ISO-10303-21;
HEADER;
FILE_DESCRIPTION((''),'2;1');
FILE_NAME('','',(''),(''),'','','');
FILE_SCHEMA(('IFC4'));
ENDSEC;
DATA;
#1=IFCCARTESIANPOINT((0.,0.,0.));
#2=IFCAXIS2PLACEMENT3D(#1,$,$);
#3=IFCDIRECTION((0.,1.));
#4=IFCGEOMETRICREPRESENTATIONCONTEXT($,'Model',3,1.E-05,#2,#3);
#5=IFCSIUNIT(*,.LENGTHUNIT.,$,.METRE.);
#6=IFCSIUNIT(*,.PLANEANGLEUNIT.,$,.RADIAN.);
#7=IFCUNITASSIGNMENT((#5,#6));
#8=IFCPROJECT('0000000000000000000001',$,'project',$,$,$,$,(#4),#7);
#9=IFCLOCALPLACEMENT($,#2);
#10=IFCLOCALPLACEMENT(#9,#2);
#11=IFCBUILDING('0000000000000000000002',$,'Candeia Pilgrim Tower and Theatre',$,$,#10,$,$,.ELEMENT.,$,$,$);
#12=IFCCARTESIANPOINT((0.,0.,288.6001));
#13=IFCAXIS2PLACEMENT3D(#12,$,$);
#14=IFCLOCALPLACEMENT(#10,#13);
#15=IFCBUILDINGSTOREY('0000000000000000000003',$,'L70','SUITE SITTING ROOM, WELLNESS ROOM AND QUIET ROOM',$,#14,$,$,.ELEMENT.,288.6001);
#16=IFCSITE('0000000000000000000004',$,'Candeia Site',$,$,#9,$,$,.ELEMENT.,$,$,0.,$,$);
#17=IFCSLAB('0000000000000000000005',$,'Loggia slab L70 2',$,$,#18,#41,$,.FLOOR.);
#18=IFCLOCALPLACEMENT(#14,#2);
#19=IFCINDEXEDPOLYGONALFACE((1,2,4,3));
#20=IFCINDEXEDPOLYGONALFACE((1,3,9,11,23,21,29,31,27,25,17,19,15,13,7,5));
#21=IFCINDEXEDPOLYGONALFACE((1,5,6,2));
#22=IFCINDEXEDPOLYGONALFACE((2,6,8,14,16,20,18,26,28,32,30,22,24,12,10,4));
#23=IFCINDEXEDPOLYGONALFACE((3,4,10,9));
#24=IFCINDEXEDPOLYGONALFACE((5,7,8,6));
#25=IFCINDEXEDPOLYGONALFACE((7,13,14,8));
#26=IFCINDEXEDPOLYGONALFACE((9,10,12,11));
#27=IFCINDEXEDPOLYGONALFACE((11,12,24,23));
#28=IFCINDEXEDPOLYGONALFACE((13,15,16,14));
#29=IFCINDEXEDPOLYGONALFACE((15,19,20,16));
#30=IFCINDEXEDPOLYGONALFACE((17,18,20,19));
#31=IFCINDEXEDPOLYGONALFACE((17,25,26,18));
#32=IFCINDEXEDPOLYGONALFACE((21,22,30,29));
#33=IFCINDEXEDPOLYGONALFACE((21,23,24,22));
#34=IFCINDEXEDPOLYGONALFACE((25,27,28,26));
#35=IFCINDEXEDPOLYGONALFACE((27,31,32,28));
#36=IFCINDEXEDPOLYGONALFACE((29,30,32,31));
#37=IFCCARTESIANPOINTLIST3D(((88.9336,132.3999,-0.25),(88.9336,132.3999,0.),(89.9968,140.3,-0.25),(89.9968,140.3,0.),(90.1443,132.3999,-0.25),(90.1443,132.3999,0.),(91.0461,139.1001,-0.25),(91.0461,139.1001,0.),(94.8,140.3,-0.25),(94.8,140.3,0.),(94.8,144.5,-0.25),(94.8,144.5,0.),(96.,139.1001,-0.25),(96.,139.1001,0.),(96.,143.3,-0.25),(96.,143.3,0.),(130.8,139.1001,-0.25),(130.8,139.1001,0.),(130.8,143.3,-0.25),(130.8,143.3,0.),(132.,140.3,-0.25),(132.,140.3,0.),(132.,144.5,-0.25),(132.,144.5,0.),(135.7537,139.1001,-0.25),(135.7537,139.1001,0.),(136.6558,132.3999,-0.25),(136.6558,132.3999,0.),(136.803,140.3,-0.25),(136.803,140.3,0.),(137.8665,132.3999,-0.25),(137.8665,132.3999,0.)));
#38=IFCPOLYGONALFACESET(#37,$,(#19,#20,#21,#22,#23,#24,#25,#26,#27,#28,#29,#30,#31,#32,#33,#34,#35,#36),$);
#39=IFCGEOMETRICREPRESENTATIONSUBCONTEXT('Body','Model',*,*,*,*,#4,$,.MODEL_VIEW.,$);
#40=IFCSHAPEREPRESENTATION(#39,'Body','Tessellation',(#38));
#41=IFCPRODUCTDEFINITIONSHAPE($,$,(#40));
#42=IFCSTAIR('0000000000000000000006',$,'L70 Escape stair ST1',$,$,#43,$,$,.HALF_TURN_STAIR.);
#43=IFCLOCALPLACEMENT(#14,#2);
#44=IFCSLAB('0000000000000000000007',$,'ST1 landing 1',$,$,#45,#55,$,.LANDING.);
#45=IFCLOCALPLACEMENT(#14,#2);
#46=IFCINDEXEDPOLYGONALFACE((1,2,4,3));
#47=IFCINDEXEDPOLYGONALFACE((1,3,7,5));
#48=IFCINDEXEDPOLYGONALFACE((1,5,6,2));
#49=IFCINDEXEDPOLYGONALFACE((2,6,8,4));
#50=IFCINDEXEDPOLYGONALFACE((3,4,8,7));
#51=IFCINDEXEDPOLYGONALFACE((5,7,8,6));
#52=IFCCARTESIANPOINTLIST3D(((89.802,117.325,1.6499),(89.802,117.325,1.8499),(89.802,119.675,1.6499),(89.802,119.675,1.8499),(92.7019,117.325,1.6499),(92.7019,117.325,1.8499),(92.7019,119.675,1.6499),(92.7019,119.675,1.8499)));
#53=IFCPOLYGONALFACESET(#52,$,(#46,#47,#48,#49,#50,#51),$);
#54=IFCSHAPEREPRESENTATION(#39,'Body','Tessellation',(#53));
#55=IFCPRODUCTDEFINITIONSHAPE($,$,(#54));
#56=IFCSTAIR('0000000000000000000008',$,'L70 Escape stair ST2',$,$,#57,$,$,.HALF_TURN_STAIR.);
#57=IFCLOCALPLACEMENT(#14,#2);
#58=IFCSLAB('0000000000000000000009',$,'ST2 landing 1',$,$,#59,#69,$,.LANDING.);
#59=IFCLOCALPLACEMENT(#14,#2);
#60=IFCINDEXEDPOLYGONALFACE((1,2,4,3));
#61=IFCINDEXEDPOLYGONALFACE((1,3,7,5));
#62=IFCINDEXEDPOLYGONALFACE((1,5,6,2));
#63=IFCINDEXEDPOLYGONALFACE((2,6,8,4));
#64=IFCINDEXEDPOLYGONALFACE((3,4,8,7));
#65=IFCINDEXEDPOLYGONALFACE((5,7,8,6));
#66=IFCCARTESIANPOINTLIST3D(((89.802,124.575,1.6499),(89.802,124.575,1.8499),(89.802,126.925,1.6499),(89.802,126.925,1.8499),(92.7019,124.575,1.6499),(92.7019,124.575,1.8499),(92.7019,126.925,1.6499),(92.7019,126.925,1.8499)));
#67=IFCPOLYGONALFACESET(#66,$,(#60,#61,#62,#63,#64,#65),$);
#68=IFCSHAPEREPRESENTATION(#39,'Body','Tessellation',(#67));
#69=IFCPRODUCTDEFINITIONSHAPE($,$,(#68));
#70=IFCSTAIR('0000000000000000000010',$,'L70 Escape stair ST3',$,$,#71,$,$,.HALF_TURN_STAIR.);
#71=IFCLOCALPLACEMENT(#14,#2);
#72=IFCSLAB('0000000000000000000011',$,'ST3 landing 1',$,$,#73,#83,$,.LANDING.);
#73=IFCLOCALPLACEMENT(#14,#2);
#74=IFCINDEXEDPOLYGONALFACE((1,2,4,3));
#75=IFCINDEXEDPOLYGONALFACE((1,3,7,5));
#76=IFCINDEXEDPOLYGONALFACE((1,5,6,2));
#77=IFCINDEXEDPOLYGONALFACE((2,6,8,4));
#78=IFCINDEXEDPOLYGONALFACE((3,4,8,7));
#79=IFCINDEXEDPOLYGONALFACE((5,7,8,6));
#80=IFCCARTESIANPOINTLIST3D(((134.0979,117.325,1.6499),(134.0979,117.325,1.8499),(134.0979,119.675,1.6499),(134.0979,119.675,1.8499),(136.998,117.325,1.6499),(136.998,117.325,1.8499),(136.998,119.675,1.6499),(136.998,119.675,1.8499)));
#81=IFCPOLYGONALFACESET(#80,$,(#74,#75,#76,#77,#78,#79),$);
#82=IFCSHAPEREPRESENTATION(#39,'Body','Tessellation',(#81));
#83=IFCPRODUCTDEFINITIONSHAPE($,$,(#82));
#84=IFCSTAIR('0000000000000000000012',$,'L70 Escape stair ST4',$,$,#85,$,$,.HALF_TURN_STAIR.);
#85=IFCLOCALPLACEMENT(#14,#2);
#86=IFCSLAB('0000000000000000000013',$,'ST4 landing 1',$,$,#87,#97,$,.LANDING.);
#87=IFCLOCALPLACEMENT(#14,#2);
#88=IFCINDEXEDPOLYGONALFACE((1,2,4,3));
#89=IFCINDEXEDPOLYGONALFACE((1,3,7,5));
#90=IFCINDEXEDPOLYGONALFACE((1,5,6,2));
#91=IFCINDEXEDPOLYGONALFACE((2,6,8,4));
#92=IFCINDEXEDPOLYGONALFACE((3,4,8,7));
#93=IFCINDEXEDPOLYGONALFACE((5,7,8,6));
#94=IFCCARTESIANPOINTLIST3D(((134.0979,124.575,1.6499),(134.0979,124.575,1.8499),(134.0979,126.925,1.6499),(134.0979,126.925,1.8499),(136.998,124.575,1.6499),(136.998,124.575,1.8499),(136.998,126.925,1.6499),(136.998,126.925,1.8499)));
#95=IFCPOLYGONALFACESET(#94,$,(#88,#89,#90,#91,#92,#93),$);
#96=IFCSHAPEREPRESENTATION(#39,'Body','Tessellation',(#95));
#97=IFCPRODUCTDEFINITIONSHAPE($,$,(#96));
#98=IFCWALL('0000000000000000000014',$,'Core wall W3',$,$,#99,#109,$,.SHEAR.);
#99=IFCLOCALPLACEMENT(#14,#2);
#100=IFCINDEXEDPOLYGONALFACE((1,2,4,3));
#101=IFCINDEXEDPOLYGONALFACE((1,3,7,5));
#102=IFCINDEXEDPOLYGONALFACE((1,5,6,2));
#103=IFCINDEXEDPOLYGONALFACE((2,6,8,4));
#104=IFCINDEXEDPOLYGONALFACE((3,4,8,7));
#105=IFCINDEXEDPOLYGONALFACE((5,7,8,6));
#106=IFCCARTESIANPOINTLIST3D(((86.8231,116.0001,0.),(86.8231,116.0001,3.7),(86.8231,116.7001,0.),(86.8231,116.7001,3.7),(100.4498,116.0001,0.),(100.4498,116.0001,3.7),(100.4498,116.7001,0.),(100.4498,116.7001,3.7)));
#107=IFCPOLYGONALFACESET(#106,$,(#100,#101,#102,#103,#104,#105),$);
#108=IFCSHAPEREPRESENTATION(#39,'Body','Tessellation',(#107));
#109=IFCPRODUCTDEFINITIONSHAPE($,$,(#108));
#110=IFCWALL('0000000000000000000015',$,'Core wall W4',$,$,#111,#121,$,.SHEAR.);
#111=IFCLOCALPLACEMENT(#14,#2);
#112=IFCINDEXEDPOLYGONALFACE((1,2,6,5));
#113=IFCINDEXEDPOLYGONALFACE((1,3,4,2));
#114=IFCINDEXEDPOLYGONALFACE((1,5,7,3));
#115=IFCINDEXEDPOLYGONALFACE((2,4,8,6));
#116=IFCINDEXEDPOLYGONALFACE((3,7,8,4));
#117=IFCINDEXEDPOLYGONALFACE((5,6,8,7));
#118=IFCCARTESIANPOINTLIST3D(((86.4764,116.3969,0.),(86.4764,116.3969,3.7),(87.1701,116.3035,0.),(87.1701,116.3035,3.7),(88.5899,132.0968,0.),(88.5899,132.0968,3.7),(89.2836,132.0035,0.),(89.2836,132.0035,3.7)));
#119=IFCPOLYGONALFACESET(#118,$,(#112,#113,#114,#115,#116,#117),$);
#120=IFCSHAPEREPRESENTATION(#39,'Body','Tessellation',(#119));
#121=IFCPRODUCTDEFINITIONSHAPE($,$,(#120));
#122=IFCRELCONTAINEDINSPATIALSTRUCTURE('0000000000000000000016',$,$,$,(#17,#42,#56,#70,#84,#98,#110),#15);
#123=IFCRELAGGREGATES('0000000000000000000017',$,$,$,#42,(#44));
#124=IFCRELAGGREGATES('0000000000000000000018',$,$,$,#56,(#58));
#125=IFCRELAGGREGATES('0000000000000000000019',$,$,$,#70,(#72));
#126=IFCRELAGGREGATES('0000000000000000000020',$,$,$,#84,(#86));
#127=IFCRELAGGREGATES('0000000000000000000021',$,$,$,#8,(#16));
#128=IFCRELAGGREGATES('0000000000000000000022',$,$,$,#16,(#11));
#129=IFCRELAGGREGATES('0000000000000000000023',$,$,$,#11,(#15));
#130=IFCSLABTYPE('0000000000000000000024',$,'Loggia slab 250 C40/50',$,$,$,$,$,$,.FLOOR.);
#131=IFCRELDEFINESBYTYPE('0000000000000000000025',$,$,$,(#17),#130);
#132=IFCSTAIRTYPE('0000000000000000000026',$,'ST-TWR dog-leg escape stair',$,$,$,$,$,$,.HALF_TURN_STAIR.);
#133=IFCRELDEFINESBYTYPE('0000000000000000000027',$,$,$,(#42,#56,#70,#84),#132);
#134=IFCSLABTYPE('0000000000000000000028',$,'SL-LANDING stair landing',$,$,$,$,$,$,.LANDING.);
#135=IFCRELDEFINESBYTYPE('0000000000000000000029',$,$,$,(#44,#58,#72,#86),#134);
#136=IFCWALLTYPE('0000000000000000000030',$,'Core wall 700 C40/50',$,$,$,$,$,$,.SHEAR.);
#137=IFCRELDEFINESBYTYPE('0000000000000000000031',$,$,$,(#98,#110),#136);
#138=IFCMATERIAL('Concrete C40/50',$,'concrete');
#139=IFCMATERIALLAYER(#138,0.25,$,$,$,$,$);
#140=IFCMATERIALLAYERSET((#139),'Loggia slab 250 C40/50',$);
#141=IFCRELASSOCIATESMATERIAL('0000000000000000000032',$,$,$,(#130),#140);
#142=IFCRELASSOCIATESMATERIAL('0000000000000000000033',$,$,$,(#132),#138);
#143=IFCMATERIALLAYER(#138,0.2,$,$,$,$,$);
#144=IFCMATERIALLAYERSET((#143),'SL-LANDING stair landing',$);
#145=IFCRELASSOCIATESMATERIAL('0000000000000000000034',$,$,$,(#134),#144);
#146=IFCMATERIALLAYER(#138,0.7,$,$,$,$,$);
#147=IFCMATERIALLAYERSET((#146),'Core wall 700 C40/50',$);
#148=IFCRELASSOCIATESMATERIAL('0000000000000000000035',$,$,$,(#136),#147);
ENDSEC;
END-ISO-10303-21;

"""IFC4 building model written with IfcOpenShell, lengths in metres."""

from ifc_helpers import new_model, si_unit, direction, frame, frame_2d, origin, place, context, subcontext, project, spatial, polyline, rectangle, outline, extrude, material, layer, layer_set, type_object, element, aggregate, save


model = new_model("IFC4")

# Units and contexts
model_context = context("Model", 3, precision=1e-05, world=origin(), true_north=direction((0.0, 1.0)))
body_context = subcontext(model_context, "Body", "Model", "MODEL_VIEW")
ifc_project = project(units=[si_unit("LENGTHUNIT", "METRE"), si_unit("PLANEANGLEUNIT", "RADIAN")], contexts=[model_context])

# Site, building, storey
site_placement = place(None, origin())
site = spatial("IfcSite", under=ifc_project, at=site_placement, Name="Candeia Site", CompositionType="ELEMENT", RefElevation=0.0)
building_placement = place(site_placement, origin())
building = spatial("IfcBuilding", under=site, at=building_placement, Name="Candeia Pilgrim Tower and Theatre", CompositionType="ELEMENT")
storey_placement = place(building_placement, frame((0.0, 0.0, 288.6001)))
storey = spatial("IfcBuildingStorey", under=building, at=storey_placement, Name="L70", Description="SUITE SITTING ROOM, WELLNESS ROOM AND QUIET ROOM", CompositionType="ELEMENT", Elevation=288.6001)

# Shared definitions
ifc_material_1 = material(Name="Concrete C40/50", Category="concrete")

# Slab
ifc_layer_1 = layer(ifc_material_1, 0.25)
ifc_layer_set_1 = layer_set([ifc_layer_1], Name="Loggia slab 250 C40/50")
slab_type_1 = type_object("IfcSlabType", Name="Loggia slab 250 C40/50", PredefinedType="FLOOR", material=ifc_layer_set_1)
slab_1_placement = place(storey_placement, frame((0.0, 0.0, -0.25)))
element("IfcSlab", 1, at=slab_1_placement, inside=storey, type_object=slab_type_1, Name="Loggia slab L70 2", PredefinedType="FLOOR", context=body_context, shape_type="SweptSolid", body=[
    extrude(outline(polyline([(136.6558, 132.3999), (135.7537, 139.1001), (130.8, 139.1001), (130.8, 143.3), (96.0, 143.3), (96.0, 139.1001), (91.0461, 139.1001), (90.1443, 132.3999), (88.9336, 132.3999), (89.9968, 140.3), (94.8, 140.3), (94.8, 144.5), (132.0, 144.5), (132.0, 140.3), (136.803, 140.3), (137.8665, 132.3999), (136.6558, 132.3999)])), origin(), (0.0, 0.0, 1.0), 0.25),
])

# Stairs, slabs
stair_type = type_object("IfcStairType", Name="ST-TWR dog-leg escape stair", PredefinedType="HALF_TURN_STAIR", material=ifc_material_1)
stair_1_placement = place(storey_placement, origin())
stair_1 = element("IfcStair", 2, at=stair_1_placement, inside=storey, type_object=stair_type, Name="L70 Escape stair ST1", PredefinedType="HALF_TURN_STAIR")
ifc_layer_2 = layer(ifc_material_1, 0.2)
ifc_layer_set_2 = layer_set([ifc_layer_2], Name="SL-LANDING stair landing")
slab_type_2 = type_object("IfcSlabType", Name="SL-LANDING stair landing", PredefinedType="LANDING", material=ifc_layer_set_2)
slab_2_placement = place(storey_placement, frame((0.0, 0.0, 1.6499)))
slab_2 = element("IfcSlab", 3, at=slab_2_placement, type_object=slab_type_2, Name="ST1 landing 1", PredefinedType="LANDING", context=body_context, shape_type="SweptSolid", body=[
    extrude(outline(polyline([(89.802, 119.675), (89.802, 117.325), (92.7019, 117.325), (92.7019, 119.675), (89.802, 119.675)])), origin(), (0.0, 0.0, 1.0), 0.2),
])
aggregate(stair_1, [slab_2])
stair_2_placement = place(storey_placement, origin())
stair_2 = element("IfcStair", 4, at=stair_2_placement, inside=storey, type_object=stair_type, Name="L70 Escape stair ST2", PredefinedType="HALF_TURN_STAIR")
slab_3_placement = place(storey_placement, frame((0.0, 0.0, 1.6499)))
slab_3 = element("IfcSlab", 5, at=slab_3_placement, type_object=slab_type_2, Name="ST2 landing 1", PredefinedType="LANDING", context=body_context, shape_type="SweptSolid", body=[
    extrude(outline(polyline([(89.802, 126.925), (89.802, 124.575), (92.7019, 124.575), (92.7019, 126.925), (89.802, 126.925)])), origin(), (0.0, 0.0, 1.0), 0.2),
])
aggregate(stair_2, [slab_3])
stair_3_placement = place(storey_placement, origin())
stair_3 = element("IfcStair", 6, at=stair_3_placement, inside=storey, type_object=stair_type, Name="L70 Escape stair ST3", PredefinedType="HALF_TURN_STAIR")
slab_4_placement = place(storey_placement, frame((0.0, 0.0, 1.6499)))
slab_4 = element("IfcSlab", 7, at=slab_4_placement, type_object=slab_type_2, Name="ST3 landing 1", PredefinedType="LANDING", context=body_context, shape_type="SweptSolid", body=[
    extrude(outline(polyline([(134.0979, 119.675), (134.0979, 117.325), (136.998, 117.325), (136.998, 119.675), (134.0979, 119.675)])), origin(), (0.0, 0.0, 1.0), 0.2),
])
aggregate(stair_3, [slab_4])
stair_4_placement = place(storey_placement, origin())
stair_4 = element("IfcStair", 8, at=stair_4_placement, inside=storey, type_object=stair_type, Name="L70 Escape stair ST4", PredefinedType="HALF_TURN_STAIR")
slab_5_placement = place(storey_placement, frame((0.0, 0.0, 1.6499)))
slab_5 = element("IfcSlab", 9, at=slab_5_placement, type_object=slab_type_2, Name="ST4 landing 1", PredefinedType="LANDING", context=body_context, shape_type="SweptSolid", body=[
    extrude(outline(polyline([(134.0979, 126.925), (134.0979, 124.575), (136.998, 124.575), (136.998, 126.925), (134.0979, 126.925)])), origin(), (0.0, 0.0, 1.0), 0.2),
])
aggregate(stair_4, [slab_5])

# Walls
ifc_layer_3 = layer(ifc_material_1, 0.7)
ifc_layer_set_3 = layer_set([ifc_layer_3], Name="Core wall 700 C40/50")
wall_type_1 = type_object("IfcWallType", Name="Core wall 700 C40/50", PredefinedType="SHEAR", material=ifc_layer_set_3)
wall_1_placement = place(storey_placement, frame((100.45, 116.3501, 0.0), z_axis=(0.0, 0.0, 1.0), x_axis=(-1.0, 0.0, 0.0)))
element("IfcWall", 10, at=wall_1_placement, inside=storey, type_object=wall_type_1, Name="Core wall W3", PredefinedType="SHEAR", context=body_context, shape_type="SweptSolid", body=[
    extrude(rectangle(XDim=13.6267, YDim=0.7, at=frame_2d((6.8135, 0.0))), origin(), (0.0, 0.0, 1.0), 3.7),
])
wall_2_placement = place(storey_placement, frame((86.8232, 116.3501, 0.0), z_axis=(0.0, 0.0, 1.0), x_axis=(0.133416, 0.99106, 0.0)))
element("IfcWall", 11, at=wall_2_placement, inside=storey, type_object=wall_type_1, Name="Core wall W4", PredefinedType="SHEAR", context=body_context, shape_type="SweptSolid", body=[
    extrude(rectangle(XDim=15.8416, YDim=0.7, at=frame_2d((7.9209, 0.0))), origin(), (0.0, 0.0, 1.0), 3.7),
])

save(model, "model.ifc")
